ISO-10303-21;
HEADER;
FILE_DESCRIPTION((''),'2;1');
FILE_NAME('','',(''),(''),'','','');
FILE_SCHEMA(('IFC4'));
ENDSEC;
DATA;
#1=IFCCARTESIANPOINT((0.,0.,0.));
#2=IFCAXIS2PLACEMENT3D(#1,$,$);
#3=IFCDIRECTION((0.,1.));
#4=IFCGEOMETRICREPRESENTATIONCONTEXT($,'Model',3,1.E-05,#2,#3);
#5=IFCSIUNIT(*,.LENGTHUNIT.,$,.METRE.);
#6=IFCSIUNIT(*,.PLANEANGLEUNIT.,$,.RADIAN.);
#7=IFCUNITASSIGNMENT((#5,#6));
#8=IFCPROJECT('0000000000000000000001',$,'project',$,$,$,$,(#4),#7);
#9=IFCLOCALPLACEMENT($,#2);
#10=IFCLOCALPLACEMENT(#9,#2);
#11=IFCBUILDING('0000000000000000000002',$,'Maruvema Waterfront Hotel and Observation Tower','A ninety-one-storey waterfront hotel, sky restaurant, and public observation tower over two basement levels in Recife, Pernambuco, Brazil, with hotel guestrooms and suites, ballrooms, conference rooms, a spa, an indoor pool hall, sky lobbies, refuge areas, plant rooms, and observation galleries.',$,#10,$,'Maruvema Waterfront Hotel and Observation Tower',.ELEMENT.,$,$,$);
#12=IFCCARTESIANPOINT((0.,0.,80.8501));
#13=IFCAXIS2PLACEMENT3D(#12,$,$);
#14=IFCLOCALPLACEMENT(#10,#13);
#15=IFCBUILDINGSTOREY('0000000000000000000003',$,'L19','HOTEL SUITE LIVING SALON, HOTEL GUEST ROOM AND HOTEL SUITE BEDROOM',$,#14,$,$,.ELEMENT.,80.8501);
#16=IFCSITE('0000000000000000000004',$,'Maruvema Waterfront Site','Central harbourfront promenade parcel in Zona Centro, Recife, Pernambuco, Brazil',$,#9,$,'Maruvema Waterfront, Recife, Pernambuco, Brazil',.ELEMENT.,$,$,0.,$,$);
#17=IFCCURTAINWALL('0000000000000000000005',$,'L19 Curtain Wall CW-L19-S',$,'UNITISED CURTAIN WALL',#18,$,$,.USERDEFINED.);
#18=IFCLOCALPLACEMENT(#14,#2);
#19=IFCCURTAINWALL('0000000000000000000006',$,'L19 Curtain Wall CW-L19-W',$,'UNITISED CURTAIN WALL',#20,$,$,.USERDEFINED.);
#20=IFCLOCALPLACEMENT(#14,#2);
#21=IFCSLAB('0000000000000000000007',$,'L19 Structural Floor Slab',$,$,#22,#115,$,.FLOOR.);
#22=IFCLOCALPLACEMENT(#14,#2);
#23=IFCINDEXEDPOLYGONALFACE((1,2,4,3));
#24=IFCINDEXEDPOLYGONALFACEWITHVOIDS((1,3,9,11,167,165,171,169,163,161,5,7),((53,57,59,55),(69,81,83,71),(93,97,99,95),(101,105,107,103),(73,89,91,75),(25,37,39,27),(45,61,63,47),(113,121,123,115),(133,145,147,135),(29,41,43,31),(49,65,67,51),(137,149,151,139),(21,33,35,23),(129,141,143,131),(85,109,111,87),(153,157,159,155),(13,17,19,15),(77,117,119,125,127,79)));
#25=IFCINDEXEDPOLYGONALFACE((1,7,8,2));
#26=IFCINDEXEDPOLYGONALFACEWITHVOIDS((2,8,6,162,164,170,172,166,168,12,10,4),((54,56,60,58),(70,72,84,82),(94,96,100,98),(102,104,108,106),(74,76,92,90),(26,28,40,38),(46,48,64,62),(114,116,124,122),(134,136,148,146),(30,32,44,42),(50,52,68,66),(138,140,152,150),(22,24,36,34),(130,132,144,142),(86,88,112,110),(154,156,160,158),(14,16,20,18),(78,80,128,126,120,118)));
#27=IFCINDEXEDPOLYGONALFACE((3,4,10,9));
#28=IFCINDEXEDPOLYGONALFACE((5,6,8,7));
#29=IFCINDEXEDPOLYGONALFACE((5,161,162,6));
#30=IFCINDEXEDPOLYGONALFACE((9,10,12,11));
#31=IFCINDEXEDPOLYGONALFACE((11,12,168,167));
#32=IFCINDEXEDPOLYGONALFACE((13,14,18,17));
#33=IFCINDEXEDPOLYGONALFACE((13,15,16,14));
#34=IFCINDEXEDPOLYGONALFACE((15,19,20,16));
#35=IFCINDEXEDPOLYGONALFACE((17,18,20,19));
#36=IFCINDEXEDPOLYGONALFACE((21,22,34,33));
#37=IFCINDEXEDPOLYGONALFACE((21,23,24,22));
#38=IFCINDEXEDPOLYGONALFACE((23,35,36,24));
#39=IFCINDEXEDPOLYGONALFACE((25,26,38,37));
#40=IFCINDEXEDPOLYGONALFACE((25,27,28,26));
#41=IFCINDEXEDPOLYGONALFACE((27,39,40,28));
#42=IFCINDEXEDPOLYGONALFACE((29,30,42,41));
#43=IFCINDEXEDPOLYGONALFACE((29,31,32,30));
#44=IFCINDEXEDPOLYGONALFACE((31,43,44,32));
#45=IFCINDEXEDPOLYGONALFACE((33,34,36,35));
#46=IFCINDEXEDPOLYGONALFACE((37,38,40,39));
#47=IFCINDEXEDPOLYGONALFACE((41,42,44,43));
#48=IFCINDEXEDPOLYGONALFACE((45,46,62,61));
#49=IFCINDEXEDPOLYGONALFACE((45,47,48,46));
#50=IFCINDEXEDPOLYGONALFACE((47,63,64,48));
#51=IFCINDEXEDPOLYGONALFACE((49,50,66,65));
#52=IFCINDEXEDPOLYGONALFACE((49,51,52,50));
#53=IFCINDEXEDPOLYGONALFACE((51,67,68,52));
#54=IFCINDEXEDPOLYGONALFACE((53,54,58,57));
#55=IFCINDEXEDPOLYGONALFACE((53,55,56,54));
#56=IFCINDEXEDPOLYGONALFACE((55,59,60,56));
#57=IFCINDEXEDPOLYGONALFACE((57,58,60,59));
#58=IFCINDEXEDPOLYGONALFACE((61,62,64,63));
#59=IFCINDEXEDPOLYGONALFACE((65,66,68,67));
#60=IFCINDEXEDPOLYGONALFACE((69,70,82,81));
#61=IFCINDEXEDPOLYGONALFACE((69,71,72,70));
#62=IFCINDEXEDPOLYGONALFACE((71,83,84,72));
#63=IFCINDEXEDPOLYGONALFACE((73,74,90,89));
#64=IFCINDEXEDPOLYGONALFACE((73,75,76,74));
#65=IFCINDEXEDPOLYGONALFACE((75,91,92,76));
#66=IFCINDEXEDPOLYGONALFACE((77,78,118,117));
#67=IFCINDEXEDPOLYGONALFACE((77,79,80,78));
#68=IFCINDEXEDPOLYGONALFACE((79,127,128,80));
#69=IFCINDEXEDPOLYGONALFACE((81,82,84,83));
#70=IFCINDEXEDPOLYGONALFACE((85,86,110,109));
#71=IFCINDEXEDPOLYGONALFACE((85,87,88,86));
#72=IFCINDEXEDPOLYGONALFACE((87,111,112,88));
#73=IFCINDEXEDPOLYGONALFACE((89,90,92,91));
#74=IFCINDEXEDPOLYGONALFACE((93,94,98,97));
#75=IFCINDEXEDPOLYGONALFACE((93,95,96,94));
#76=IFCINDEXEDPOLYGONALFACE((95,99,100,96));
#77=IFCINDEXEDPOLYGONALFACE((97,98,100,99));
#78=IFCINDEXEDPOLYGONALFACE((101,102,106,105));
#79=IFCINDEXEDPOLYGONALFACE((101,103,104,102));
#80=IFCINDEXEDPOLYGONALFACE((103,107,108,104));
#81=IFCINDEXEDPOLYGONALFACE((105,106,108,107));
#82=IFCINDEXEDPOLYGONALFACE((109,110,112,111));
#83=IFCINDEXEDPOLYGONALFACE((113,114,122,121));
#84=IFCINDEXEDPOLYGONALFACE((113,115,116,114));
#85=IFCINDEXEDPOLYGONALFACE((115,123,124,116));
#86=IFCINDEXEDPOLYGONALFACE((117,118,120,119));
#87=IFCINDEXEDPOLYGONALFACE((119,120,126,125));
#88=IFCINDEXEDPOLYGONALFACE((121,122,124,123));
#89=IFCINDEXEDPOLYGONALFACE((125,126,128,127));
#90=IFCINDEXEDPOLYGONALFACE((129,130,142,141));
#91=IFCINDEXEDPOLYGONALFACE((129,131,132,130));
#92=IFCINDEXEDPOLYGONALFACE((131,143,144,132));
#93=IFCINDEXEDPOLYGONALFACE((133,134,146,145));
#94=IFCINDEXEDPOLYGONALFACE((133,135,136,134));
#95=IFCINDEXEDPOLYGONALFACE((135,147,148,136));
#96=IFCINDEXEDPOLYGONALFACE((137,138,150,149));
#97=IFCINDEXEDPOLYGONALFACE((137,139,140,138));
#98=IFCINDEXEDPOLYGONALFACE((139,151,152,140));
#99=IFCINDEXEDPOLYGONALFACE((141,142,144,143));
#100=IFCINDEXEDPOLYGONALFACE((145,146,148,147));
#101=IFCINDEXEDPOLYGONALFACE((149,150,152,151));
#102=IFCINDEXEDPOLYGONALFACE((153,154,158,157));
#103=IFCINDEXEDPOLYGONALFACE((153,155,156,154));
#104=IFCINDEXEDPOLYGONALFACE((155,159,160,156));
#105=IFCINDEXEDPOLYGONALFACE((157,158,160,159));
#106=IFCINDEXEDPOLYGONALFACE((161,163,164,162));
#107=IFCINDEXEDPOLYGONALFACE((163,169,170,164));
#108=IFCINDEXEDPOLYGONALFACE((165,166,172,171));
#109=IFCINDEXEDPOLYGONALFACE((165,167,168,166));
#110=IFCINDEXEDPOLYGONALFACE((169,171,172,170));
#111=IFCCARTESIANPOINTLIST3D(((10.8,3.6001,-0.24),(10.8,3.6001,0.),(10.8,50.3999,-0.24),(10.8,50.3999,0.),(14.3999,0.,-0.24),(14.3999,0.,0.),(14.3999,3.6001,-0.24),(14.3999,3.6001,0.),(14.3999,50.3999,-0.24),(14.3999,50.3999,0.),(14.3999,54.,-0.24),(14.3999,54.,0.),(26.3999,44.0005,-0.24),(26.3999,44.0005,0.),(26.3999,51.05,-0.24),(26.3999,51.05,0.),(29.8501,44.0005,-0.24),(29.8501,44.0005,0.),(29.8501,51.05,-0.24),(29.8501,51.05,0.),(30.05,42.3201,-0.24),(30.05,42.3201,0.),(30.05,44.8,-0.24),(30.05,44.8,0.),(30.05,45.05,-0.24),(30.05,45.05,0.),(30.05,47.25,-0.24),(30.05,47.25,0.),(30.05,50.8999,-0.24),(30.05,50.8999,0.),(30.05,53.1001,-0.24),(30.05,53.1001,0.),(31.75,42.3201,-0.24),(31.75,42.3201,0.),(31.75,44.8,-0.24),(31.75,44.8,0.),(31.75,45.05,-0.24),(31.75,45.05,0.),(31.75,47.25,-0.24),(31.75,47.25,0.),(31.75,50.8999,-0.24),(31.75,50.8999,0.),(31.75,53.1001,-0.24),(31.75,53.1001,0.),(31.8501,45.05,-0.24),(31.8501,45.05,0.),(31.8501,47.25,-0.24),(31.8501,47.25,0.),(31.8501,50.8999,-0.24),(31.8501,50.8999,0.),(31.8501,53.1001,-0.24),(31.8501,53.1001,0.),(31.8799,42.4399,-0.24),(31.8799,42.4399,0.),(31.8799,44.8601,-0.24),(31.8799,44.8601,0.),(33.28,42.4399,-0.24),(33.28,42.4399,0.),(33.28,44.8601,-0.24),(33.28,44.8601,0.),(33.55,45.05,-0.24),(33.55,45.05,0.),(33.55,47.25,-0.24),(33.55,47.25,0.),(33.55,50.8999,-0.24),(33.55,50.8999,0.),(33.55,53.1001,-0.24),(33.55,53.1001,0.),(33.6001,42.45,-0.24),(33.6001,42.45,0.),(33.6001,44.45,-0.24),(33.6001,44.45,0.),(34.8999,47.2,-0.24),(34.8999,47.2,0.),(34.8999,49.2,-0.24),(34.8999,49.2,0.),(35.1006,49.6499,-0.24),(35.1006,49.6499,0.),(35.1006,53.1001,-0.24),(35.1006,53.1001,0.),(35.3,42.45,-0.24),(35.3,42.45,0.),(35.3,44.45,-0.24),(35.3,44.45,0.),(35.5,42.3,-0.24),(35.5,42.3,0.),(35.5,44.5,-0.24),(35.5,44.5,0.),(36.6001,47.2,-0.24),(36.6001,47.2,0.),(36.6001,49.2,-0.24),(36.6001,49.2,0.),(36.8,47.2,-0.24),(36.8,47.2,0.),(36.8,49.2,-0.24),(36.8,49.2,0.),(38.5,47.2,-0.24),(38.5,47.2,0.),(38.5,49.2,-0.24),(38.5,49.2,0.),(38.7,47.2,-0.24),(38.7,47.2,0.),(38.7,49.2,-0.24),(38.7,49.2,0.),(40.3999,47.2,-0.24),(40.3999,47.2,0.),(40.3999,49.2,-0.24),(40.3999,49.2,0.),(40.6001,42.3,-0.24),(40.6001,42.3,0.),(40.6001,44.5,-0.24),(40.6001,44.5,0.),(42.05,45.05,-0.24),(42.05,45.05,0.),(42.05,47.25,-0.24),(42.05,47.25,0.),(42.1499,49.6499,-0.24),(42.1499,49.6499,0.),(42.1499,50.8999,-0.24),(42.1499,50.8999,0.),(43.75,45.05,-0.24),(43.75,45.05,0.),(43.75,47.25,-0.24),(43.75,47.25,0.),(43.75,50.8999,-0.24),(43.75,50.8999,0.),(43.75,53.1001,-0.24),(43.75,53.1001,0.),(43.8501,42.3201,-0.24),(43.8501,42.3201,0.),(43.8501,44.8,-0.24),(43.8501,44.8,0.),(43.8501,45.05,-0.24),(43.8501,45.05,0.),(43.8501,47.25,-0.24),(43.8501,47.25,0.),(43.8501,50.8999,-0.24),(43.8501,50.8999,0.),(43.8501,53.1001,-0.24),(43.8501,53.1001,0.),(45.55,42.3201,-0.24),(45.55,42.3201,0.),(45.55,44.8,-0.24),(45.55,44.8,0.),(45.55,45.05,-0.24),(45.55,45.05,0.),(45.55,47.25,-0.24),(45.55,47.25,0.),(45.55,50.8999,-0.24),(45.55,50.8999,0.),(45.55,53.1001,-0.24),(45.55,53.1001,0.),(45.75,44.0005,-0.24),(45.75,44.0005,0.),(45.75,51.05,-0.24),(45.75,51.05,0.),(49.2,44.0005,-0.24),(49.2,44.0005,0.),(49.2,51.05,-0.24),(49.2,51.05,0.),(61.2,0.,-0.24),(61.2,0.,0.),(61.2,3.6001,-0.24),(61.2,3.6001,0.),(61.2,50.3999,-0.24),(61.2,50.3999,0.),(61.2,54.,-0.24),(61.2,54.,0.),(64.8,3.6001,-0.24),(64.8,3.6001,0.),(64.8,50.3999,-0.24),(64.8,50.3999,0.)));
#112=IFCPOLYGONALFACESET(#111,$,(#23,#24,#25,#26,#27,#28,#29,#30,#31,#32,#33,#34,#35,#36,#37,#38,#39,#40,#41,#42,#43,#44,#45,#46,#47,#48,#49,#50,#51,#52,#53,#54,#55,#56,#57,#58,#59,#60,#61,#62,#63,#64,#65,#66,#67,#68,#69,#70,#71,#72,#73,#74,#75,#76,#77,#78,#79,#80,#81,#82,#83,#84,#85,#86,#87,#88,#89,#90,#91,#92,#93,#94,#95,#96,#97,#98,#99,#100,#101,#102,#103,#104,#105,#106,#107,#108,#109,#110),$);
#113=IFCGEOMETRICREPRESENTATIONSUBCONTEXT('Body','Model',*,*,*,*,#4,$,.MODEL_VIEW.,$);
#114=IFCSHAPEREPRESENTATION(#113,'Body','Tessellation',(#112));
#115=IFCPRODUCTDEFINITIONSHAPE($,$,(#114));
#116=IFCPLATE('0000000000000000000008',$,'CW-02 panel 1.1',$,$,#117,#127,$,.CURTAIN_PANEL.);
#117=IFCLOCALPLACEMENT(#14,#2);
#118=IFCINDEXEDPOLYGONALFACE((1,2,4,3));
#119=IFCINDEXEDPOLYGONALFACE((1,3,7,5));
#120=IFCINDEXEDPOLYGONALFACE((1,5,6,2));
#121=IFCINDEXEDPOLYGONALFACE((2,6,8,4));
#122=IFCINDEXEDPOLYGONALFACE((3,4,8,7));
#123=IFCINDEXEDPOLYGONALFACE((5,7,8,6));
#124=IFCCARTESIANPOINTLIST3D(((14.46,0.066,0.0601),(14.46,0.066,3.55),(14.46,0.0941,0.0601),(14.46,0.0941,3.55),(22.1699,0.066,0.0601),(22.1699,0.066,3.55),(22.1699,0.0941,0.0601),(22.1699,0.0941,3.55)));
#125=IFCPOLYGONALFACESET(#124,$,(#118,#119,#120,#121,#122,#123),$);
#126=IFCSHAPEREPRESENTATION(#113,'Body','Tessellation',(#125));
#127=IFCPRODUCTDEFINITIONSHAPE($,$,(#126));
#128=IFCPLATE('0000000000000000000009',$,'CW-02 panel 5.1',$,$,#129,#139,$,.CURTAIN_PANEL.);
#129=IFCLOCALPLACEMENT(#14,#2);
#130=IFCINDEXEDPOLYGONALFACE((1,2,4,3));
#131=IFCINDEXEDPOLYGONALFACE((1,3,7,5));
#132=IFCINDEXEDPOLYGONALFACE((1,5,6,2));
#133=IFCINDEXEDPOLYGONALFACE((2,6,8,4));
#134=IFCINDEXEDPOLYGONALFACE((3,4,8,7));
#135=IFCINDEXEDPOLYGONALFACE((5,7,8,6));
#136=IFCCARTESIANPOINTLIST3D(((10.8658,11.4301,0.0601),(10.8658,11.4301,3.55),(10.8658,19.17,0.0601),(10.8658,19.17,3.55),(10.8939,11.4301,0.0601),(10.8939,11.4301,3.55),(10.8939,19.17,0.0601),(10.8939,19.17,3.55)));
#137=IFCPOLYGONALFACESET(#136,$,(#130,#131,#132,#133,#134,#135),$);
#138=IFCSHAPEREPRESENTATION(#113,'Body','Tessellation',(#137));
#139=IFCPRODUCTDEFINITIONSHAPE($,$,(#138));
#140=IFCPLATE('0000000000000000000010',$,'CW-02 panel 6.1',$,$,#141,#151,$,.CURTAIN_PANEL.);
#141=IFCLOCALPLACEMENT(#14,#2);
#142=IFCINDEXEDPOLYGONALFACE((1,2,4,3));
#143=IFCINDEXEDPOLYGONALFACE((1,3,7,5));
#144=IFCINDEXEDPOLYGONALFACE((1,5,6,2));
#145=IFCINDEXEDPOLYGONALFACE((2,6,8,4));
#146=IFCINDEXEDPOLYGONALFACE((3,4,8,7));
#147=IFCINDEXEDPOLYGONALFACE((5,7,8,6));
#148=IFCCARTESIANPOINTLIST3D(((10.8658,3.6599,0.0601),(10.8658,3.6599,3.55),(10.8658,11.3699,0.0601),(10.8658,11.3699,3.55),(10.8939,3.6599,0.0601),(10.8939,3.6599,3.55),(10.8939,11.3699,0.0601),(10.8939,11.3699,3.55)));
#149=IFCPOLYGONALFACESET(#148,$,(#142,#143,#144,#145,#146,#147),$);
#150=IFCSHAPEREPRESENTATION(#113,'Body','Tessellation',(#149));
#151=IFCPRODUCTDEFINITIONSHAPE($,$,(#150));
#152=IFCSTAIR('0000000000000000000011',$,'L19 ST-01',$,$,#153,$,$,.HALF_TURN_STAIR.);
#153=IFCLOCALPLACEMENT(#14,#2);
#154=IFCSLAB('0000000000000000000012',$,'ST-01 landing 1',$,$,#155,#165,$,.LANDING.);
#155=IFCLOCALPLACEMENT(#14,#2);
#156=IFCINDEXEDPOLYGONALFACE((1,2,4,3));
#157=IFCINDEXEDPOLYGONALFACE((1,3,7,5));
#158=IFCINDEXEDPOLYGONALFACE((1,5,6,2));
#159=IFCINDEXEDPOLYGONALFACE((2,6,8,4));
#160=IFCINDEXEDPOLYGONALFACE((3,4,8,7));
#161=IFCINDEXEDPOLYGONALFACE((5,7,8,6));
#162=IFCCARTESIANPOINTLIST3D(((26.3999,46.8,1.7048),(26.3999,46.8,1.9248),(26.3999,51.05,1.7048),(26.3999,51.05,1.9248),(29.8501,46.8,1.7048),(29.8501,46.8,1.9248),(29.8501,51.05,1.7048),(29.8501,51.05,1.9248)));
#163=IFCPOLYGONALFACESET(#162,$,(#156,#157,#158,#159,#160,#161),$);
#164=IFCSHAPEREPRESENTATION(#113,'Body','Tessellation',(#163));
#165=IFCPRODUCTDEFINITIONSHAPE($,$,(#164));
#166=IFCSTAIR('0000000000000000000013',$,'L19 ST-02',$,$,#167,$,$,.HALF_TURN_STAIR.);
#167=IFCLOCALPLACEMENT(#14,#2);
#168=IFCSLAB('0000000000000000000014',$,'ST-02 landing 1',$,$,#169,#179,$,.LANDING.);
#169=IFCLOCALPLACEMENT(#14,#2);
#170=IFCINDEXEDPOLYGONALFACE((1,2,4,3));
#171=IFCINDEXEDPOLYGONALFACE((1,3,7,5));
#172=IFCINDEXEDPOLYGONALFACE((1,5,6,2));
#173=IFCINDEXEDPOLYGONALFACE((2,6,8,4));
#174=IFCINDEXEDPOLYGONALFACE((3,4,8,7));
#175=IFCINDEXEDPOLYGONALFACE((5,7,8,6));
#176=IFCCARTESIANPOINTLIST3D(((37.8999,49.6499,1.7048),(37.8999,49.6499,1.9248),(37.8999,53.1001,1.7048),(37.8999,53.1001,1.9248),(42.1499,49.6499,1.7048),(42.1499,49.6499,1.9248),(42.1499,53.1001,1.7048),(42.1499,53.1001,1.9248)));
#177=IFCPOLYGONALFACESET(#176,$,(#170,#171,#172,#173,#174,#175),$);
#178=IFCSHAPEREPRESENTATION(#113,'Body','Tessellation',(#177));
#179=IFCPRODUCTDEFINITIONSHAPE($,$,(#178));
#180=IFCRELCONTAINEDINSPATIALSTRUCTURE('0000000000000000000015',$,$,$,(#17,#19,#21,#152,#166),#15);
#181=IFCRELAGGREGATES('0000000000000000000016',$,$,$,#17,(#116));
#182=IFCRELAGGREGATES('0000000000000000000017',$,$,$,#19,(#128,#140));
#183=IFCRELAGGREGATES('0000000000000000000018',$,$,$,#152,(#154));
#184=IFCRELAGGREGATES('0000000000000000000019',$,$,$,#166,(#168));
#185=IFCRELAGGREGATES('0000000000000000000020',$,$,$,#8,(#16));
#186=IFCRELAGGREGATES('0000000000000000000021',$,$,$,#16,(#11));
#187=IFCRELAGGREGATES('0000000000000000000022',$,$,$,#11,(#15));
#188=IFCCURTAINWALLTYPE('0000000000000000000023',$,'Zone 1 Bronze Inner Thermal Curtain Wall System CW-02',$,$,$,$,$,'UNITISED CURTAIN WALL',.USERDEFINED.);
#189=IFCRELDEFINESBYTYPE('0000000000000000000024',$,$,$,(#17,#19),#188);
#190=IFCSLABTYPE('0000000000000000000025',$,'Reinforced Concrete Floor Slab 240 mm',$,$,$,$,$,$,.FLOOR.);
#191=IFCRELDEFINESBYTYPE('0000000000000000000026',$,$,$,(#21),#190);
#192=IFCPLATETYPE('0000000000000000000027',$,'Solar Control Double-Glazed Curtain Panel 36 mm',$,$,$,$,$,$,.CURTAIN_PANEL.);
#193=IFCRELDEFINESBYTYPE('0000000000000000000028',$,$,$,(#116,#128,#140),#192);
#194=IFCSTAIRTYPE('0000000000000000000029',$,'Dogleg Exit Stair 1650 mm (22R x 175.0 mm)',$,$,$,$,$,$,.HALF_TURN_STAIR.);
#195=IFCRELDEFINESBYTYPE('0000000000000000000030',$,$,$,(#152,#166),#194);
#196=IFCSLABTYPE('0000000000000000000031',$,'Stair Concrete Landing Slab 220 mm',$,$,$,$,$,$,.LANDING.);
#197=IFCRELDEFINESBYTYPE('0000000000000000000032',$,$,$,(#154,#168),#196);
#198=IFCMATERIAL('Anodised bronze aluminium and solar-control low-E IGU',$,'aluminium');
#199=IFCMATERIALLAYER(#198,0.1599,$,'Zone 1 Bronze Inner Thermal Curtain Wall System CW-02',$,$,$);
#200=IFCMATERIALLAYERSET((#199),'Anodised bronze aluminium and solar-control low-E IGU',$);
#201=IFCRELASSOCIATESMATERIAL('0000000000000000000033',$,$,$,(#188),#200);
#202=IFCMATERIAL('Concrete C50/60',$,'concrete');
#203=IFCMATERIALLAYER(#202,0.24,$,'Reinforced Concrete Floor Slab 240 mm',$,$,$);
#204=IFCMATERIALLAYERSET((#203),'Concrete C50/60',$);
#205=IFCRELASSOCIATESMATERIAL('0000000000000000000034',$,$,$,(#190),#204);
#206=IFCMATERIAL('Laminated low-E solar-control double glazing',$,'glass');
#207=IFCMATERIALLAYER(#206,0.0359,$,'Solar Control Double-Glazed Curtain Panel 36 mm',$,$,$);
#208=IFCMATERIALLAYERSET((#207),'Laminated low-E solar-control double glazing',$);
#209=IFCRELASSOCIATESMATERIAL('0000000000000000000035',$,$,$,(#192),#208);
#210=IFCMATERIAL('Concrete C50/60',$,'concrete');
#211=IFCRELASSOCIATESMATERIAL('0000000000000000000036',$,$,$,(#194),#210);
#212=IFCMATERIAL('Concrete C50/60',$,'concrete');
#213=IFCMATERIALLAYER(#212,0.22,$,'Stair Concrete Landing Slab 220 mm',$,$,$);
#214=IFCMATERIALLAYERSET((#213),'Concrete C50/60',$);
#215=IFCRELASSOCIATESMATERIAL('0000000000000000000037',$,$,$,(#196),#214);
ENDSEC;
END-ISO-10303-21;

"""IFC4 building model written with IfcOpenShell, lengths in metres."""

from ifc_helpers import new_model, si_unit, direction, frame, origin, origin_2d, place, context, subcontext, project, spatial, polyline, rectangle, outline, extrude, material, layer, layer_set, type_object, element, aggregate, save


model = new_model("IFC4")

# Units and contexts
model_context = context("Model", 3, precision=1e-05, world=origin(), true_north=direction((0.0, 1.0)))
body_context = subcontext(model_context, "Body", "Model", "MODEL_VIEW")
ifc_project = project(units=[si_unit("LENGTHUNIT", "METRE"), si_unit("PLANEANGLEUNIT", "RADIAN")], contexts=[model_context])

# Site, building, storey
site_placement = place(None, origin())
site = spatial("IfcSite", under=ifc_project, at=site_placement, Name="Maruvema Waterfront Site", Description="Central harbourfront promenade parcel in Zona Centro, Recife, Pernambuco, Brazil", LongName="Maruvema Waterfront, Recife, Pernambuco, Brazil", CompositionType="ELEMENT", RefElevation=0.0)
building_placement = place(site_placement, origin())
building = spatial("IfcBuilding", under=site, at=building_placement, Name="Maruvema Waterfront Hotel and Observation Tower", Description="A ninety-one-storey waterfront hotel, sky restaurant, and public observation tower over two basement levels in Recife, Pernambuco, Brazil, with hotel guestrooms and suites, ballrooms, conference rooms, a spa, an indoor pool hall, sky lobbies, refuge areas, plant rooms, and observation galleries.", LongName="Maruvema Waterfront Hotel and Observation Tower", CompositionType="ELEMENT")
storey_placement = place(building_placement, frame((0.0, 0.0, 80.8501)))
storey = spatial("IfcBuildingStorey", under=building, at=storey_placement, Name="L19", Description="HOTEL SUITE LIVING SALON, HOTEL GUEST ROOM AND HOTEL SUITE BEDROOM", CompositionType="ELEMENT", Elevation=80.8501)

# Curtain walls
ifc_material_1 = material(Name="Anodised bronze aluminium and solar-control low-E IGU", Category="aluminium")
ifc_layer_1 = layer(ifc_material_1, 0.1599, Name="Zone 1 Bronze Inner Thermal Curtain Wall System CW-02")
ifc_layer_set_1 = layer_set([ifc_layer_1], Name="Anodised bronze aluminium and solar-control low-E IGU")
curtain_wall_type = type_object("IfcCurtainWallType", Name="Zone 1 Bronze Inner Thermal Curtain Wall System CW-02", ElementType="UNITISED CURTAIN WALL", PredefinedType="USERDEFINED", material=ifc_layer_set_1)
curtain_wall_1_placement = place(storey_placement, origin())
curtain_wall_1 = element("IfcCurtainWall", 1, at=curtain_wall_1_placement, inside=storey, type_object=curtain_wall_type, Name="L19 Curtain Wall CW-L19-S", ObjectType="UNITISED CURTAIN WALL", PredefinedType="USERDEFINED")
curtain_wall_2_placement = place(storey_placement, origin())
curtain_wall_2 = element("IfcCurtainWall", 2, at=curtain_wall_2_placement, inside=storey, type_object=curtain_wall_type, Name="L19 Curtain Wall CW-L19-W", ObjectType="UNITISED CURTAIN WALL", PredefinedType="USERDEFINED")

# Slab
ifc_material_2 = material(Name="Concrete C50/60", Category="concrete")
ifc_layer_2 = layer(ifc_material_2, 0.24, Name="Reinforced Concrete Floor Slab 240 mm")
ifc_layer_set_2 = layer_set([ifc_layer_2], Name="Concrete C50/60")
slab_type_1 = type_object("IfcSlabType", Name="Reinforced Concrete Floor Slab 240 mm", PredefinedType="FLOOR", material=ifc_layer_set_2)
slab_1_placement = place(storey_placement, frame((0.0, 0.0, -0.24)))
element("IfcSlab", 3, at=slab_1_placement, inside=storey, type_object=slab_type_1, Name="L19 Structural Floor Slab", PredefinedType="FLOOR", context=body_context, shape_type="SweptSolid", body=[
    extrude(outline(polyline([(14.3999, 0.0), (61.2, 0.0), (61.2, 3.6001), (64.8, 3.6001), (64.8, 50.3999), (61.2, 50.3999), (61.2, 54.0), (14.3999, 54.0), (14.3999, 50.3999), (10.8, 50.3999), (10.8, 3.6001), (14.3999, 3.6001), (14.3999, 0.0)]), holes=[polyline([(26.3999, 44.0005), (26.3999, 51.05), (29.8501, 51.05), (29.8501, 44.0005), (26.3999, 44.0005)]), polyline([(30.05, 44.8), (31.75, 44.8), (31.75, 42.3201), (30.05, 42.3201), (30.05, 44.8)]), polyline([(31.75, 47.25), (31.75, 45.05), (30.05, 45.05), (30.05, 47.25), (31.75, 47.25)]), polyline([(31.75, 53.1001), (31.75, 50.8999), (30.05, 50.8999), (30.05, 53.1001), (31.75, 53.1001)]), polyline([(33.28, 44.8601), (33.28, 42.4399), (31.8799, 42.4399), (31.8799, 44.8601), (33.28, 44.8601)]), polyline([(31.8501, 47.25), (33.55, 47.25), (33.55, 45.05), (31.8501, 45.05), (31.8501, 47.25)]), polyline([(31.8501, 53.1001), (33.55, 53.1001), (33.55, 50.8999), (31.8501, 50.8999), (31.8501, 53.1001)]), polyline([(33.6001, 44.45), (35.3, 44.45), (35.3, 42.45), (33.6001, 42.45), (33.6001, 44.45)]), polyline([(34.8999, 49.2), (36.6001, 49.2), (36.6001, 47.2), (34.8999, 47.2), (34.8999, 49.2)]), polyline([(38.5, 49.2), (38.5, 47.2), (36.8, 47.2), (36.8, 49.2), (38.5, 49.2)]), polyline([(35.5, 44.5), (40.6001, 44.5), (40.6001, 42.3), (35.5, 42.3), (35.5, 44.5)]), polyline([(43.75, 50.8999), (42.1499, 50.8999), (42.1499, 49.6499), (35.1006, 49.6499), (35.1006, 53.1001), (43.75, 53.1001), (43.75, 50.8999)]), polyline([(40.3999, 49.2), (40.3999, 47.2), (38.7, 47.2), (38.7, 49.2), (40.3999, 49.2)]), polyline([(43.75, 47.25), (43.75, 45.05), (42.05, 45.05), (42.05, 47.25), (43.75, 47.25)]), polyline([(45.55, 44.8), (45.55, 42.3201), (43.8501, 42.3201), (43.8501, 44.8), (45.55, 44.8)]), polyline([(43.8501, 47.25), (45.55, 47.25), (45.55, 45.05), (43.8501, 45.05), (43.8501, 47.25)]), polyline([(45.55, 53.1001), (45.55, 50.8999), (43.8501, 50.8999), (43.8501, 53.1001), (45.55, 53.1001)]), polyline([(45.75, 51.05), (49.2, 51.05), (49.2, 44.0005), (45.75, 44.0005), (45.75, 51.05)])]), origin(), (0.0, 0.0, 1.0), 0.24),
])

# Plates
ifc_material_3 = material(Name="Laminated low-E solar-control double glazing", Category="glass")
ifc_layer_3 = layer(ifc_material_3, 0.0359, Name="Solar Control Double-Glazed Curtain Panel 36 mm")
ifc_layer_set_3 = layer_set([ifc_layer_3], Name="Laminated low-E solar-control double glazing")
plate_type = type_object("IfcPlateType", Name="Solar Control Double-Glazed Curtain Panel 36 mm", PredefinedType="CURTAIN_PANEL", material=ifc_layer_set_3)
plate_1_placement = place(storey_placement, frame((18.3149, 0.0801, 0.0601), z_axis=(0.0, 0.0, 1.0), x_axis=(1.0, 0.0, 0.0)))
plate_1 = element("IfcPlate", 4, at=plate_1_placement, type_object=plate_type, Name="CW-02 panel 1.1", PredefinedType="CURTAIN_PANEL", context=body_context, shape_type="SweptSolid", body=[
    extrude(rectangle(XDim=7.71, YDim=0.0281, at=origin_2d()), origin(), (0.0, 0.0, 1.0), 3.49),
])
aggregate(curtain_wall_1, [plate_1])
plate_2_placement = place(storey_placement, frame((10.8799, 15.3, 0.0601), z_axis=(0.0, 0.0, 1.0), x_axis=(0.0, -1.0, 0.0)))
plate_2 = element("IfcPlate", 5, at=plate_2_placement, type_object=plate_type, Name="CW-02 panel 5.1", PredefinedType="CURTAIN_PANEL", context=body_context, shape_type="SweptSolid", body=[
    extrude(rectangle(XDim=7.74, YDim=0.0281, at=origin_2d()), origin(), (0.0, 0.0, 1.0), 3.49),
])
plate_3_placement = place(storey_placement, frame((10.8799, 7.5149, 0.0601), z_axis=(0.0, 0.0, 1.0), x_axis=(0.0, -1.0, 0.0)))
plate_3 = element("IfcPlate", 6, at=plate_3_placement, type_object=plate_type, Name="CW-02 panel 6.1", PredefinedType="CURTAIN_PANEL", context=body_context, shape_type="SweptSolid", body=[
    extrude(rectangle(XDim=7.71, YDim=0.0281, at=origin_2d()), origin(), (0.0, 0.0, 1.0), 3.49),
])
aggregate(curtain_wall_2, [plate_2, plate_3])

# Stairs, slabs
ifc_material_4 = material(Name="Concrete C50/60", Category="concrete")
stair_type = type_object("IfcStairType", Name="Dogleg Exit Stair 1650 mm (22R x 175.0 mm)", PredefinedType="HALF_TURN_STAIR", material=ifc_material_4)
stair_1_placement = place(storey_placement, origin())
stair_1 = element("IfcStair", 7, at=stair_1_placement, inside=storey, type_object=stair_type, Name="L19 ST-01", PredefinedType="HALF_TURN_STAIR")
ifc_material_5 = material(Name="Concrete C50/60", Category="concrete")
ifc_layer_4 = layer(ifc_material_5, 0.22, Name="Stair Concrete Landing Slab 220 mm")
ifc_layer_set_4 = layer_set([ifc_layer_4], Name="Concrete C50/60")
slab_type_2 = type_object("IfcSlabType", Name="Stair Concrete Landing Slab 220 mm", PredefinedType="LANDING", material=ifc_layer_set_4)
slab_2_placement = place(storey_placement, frame((0.0, 0.0, 1.7048)))
slab_2 = element("IfcSlab", 8, at=slab_2_placement, type_object=slab_type_2, Name="ST-01 landing 1", PredefinedType="LANDING", context=body_context, shape_type="SweptSolid", body=[
    extrude(outline(polyline([(29.8501, 46.8), (29.8501, 51.05), (26.3999, 51.05), (26.3999, 46.8), (29.8501, 46.8)])), origin(), (0.0, 0.0, 1.0), 0.22),
])
aggregate(stair_1, [slab_2])
stair_2_placement = place(storey_placement, origin())
stair_2 = element("IfcStair", 9, at=stair_2_placement, inside=storey, type_object=stair_type, Name="L19 ST-02", PredefinedType="HALF_TURN_STAIR")
slab_3_placement = place(storey_placement, frame((0.0, 0.0, 1.7048)))
slab_3 = element("IfcSlab", 10, at=slab_3_placement, type_object=slab_type_2, Name="ST-02 landing 1", PredefinedType="LANDING", context=body_context, shape_type="SweptSolid", body=[
    extrude(outline(polyline([(37.8999, 49.6499), (42.1499, 49.6499), (42.1499, 53.1001), (37.8999, 53.1001), (37.8999, 49.6499)])), origin(), (0.0, 0.0, 1.0), 0.22),
])
aggregate(stair_2, [slab_3])

save(model, "model.ifc")
